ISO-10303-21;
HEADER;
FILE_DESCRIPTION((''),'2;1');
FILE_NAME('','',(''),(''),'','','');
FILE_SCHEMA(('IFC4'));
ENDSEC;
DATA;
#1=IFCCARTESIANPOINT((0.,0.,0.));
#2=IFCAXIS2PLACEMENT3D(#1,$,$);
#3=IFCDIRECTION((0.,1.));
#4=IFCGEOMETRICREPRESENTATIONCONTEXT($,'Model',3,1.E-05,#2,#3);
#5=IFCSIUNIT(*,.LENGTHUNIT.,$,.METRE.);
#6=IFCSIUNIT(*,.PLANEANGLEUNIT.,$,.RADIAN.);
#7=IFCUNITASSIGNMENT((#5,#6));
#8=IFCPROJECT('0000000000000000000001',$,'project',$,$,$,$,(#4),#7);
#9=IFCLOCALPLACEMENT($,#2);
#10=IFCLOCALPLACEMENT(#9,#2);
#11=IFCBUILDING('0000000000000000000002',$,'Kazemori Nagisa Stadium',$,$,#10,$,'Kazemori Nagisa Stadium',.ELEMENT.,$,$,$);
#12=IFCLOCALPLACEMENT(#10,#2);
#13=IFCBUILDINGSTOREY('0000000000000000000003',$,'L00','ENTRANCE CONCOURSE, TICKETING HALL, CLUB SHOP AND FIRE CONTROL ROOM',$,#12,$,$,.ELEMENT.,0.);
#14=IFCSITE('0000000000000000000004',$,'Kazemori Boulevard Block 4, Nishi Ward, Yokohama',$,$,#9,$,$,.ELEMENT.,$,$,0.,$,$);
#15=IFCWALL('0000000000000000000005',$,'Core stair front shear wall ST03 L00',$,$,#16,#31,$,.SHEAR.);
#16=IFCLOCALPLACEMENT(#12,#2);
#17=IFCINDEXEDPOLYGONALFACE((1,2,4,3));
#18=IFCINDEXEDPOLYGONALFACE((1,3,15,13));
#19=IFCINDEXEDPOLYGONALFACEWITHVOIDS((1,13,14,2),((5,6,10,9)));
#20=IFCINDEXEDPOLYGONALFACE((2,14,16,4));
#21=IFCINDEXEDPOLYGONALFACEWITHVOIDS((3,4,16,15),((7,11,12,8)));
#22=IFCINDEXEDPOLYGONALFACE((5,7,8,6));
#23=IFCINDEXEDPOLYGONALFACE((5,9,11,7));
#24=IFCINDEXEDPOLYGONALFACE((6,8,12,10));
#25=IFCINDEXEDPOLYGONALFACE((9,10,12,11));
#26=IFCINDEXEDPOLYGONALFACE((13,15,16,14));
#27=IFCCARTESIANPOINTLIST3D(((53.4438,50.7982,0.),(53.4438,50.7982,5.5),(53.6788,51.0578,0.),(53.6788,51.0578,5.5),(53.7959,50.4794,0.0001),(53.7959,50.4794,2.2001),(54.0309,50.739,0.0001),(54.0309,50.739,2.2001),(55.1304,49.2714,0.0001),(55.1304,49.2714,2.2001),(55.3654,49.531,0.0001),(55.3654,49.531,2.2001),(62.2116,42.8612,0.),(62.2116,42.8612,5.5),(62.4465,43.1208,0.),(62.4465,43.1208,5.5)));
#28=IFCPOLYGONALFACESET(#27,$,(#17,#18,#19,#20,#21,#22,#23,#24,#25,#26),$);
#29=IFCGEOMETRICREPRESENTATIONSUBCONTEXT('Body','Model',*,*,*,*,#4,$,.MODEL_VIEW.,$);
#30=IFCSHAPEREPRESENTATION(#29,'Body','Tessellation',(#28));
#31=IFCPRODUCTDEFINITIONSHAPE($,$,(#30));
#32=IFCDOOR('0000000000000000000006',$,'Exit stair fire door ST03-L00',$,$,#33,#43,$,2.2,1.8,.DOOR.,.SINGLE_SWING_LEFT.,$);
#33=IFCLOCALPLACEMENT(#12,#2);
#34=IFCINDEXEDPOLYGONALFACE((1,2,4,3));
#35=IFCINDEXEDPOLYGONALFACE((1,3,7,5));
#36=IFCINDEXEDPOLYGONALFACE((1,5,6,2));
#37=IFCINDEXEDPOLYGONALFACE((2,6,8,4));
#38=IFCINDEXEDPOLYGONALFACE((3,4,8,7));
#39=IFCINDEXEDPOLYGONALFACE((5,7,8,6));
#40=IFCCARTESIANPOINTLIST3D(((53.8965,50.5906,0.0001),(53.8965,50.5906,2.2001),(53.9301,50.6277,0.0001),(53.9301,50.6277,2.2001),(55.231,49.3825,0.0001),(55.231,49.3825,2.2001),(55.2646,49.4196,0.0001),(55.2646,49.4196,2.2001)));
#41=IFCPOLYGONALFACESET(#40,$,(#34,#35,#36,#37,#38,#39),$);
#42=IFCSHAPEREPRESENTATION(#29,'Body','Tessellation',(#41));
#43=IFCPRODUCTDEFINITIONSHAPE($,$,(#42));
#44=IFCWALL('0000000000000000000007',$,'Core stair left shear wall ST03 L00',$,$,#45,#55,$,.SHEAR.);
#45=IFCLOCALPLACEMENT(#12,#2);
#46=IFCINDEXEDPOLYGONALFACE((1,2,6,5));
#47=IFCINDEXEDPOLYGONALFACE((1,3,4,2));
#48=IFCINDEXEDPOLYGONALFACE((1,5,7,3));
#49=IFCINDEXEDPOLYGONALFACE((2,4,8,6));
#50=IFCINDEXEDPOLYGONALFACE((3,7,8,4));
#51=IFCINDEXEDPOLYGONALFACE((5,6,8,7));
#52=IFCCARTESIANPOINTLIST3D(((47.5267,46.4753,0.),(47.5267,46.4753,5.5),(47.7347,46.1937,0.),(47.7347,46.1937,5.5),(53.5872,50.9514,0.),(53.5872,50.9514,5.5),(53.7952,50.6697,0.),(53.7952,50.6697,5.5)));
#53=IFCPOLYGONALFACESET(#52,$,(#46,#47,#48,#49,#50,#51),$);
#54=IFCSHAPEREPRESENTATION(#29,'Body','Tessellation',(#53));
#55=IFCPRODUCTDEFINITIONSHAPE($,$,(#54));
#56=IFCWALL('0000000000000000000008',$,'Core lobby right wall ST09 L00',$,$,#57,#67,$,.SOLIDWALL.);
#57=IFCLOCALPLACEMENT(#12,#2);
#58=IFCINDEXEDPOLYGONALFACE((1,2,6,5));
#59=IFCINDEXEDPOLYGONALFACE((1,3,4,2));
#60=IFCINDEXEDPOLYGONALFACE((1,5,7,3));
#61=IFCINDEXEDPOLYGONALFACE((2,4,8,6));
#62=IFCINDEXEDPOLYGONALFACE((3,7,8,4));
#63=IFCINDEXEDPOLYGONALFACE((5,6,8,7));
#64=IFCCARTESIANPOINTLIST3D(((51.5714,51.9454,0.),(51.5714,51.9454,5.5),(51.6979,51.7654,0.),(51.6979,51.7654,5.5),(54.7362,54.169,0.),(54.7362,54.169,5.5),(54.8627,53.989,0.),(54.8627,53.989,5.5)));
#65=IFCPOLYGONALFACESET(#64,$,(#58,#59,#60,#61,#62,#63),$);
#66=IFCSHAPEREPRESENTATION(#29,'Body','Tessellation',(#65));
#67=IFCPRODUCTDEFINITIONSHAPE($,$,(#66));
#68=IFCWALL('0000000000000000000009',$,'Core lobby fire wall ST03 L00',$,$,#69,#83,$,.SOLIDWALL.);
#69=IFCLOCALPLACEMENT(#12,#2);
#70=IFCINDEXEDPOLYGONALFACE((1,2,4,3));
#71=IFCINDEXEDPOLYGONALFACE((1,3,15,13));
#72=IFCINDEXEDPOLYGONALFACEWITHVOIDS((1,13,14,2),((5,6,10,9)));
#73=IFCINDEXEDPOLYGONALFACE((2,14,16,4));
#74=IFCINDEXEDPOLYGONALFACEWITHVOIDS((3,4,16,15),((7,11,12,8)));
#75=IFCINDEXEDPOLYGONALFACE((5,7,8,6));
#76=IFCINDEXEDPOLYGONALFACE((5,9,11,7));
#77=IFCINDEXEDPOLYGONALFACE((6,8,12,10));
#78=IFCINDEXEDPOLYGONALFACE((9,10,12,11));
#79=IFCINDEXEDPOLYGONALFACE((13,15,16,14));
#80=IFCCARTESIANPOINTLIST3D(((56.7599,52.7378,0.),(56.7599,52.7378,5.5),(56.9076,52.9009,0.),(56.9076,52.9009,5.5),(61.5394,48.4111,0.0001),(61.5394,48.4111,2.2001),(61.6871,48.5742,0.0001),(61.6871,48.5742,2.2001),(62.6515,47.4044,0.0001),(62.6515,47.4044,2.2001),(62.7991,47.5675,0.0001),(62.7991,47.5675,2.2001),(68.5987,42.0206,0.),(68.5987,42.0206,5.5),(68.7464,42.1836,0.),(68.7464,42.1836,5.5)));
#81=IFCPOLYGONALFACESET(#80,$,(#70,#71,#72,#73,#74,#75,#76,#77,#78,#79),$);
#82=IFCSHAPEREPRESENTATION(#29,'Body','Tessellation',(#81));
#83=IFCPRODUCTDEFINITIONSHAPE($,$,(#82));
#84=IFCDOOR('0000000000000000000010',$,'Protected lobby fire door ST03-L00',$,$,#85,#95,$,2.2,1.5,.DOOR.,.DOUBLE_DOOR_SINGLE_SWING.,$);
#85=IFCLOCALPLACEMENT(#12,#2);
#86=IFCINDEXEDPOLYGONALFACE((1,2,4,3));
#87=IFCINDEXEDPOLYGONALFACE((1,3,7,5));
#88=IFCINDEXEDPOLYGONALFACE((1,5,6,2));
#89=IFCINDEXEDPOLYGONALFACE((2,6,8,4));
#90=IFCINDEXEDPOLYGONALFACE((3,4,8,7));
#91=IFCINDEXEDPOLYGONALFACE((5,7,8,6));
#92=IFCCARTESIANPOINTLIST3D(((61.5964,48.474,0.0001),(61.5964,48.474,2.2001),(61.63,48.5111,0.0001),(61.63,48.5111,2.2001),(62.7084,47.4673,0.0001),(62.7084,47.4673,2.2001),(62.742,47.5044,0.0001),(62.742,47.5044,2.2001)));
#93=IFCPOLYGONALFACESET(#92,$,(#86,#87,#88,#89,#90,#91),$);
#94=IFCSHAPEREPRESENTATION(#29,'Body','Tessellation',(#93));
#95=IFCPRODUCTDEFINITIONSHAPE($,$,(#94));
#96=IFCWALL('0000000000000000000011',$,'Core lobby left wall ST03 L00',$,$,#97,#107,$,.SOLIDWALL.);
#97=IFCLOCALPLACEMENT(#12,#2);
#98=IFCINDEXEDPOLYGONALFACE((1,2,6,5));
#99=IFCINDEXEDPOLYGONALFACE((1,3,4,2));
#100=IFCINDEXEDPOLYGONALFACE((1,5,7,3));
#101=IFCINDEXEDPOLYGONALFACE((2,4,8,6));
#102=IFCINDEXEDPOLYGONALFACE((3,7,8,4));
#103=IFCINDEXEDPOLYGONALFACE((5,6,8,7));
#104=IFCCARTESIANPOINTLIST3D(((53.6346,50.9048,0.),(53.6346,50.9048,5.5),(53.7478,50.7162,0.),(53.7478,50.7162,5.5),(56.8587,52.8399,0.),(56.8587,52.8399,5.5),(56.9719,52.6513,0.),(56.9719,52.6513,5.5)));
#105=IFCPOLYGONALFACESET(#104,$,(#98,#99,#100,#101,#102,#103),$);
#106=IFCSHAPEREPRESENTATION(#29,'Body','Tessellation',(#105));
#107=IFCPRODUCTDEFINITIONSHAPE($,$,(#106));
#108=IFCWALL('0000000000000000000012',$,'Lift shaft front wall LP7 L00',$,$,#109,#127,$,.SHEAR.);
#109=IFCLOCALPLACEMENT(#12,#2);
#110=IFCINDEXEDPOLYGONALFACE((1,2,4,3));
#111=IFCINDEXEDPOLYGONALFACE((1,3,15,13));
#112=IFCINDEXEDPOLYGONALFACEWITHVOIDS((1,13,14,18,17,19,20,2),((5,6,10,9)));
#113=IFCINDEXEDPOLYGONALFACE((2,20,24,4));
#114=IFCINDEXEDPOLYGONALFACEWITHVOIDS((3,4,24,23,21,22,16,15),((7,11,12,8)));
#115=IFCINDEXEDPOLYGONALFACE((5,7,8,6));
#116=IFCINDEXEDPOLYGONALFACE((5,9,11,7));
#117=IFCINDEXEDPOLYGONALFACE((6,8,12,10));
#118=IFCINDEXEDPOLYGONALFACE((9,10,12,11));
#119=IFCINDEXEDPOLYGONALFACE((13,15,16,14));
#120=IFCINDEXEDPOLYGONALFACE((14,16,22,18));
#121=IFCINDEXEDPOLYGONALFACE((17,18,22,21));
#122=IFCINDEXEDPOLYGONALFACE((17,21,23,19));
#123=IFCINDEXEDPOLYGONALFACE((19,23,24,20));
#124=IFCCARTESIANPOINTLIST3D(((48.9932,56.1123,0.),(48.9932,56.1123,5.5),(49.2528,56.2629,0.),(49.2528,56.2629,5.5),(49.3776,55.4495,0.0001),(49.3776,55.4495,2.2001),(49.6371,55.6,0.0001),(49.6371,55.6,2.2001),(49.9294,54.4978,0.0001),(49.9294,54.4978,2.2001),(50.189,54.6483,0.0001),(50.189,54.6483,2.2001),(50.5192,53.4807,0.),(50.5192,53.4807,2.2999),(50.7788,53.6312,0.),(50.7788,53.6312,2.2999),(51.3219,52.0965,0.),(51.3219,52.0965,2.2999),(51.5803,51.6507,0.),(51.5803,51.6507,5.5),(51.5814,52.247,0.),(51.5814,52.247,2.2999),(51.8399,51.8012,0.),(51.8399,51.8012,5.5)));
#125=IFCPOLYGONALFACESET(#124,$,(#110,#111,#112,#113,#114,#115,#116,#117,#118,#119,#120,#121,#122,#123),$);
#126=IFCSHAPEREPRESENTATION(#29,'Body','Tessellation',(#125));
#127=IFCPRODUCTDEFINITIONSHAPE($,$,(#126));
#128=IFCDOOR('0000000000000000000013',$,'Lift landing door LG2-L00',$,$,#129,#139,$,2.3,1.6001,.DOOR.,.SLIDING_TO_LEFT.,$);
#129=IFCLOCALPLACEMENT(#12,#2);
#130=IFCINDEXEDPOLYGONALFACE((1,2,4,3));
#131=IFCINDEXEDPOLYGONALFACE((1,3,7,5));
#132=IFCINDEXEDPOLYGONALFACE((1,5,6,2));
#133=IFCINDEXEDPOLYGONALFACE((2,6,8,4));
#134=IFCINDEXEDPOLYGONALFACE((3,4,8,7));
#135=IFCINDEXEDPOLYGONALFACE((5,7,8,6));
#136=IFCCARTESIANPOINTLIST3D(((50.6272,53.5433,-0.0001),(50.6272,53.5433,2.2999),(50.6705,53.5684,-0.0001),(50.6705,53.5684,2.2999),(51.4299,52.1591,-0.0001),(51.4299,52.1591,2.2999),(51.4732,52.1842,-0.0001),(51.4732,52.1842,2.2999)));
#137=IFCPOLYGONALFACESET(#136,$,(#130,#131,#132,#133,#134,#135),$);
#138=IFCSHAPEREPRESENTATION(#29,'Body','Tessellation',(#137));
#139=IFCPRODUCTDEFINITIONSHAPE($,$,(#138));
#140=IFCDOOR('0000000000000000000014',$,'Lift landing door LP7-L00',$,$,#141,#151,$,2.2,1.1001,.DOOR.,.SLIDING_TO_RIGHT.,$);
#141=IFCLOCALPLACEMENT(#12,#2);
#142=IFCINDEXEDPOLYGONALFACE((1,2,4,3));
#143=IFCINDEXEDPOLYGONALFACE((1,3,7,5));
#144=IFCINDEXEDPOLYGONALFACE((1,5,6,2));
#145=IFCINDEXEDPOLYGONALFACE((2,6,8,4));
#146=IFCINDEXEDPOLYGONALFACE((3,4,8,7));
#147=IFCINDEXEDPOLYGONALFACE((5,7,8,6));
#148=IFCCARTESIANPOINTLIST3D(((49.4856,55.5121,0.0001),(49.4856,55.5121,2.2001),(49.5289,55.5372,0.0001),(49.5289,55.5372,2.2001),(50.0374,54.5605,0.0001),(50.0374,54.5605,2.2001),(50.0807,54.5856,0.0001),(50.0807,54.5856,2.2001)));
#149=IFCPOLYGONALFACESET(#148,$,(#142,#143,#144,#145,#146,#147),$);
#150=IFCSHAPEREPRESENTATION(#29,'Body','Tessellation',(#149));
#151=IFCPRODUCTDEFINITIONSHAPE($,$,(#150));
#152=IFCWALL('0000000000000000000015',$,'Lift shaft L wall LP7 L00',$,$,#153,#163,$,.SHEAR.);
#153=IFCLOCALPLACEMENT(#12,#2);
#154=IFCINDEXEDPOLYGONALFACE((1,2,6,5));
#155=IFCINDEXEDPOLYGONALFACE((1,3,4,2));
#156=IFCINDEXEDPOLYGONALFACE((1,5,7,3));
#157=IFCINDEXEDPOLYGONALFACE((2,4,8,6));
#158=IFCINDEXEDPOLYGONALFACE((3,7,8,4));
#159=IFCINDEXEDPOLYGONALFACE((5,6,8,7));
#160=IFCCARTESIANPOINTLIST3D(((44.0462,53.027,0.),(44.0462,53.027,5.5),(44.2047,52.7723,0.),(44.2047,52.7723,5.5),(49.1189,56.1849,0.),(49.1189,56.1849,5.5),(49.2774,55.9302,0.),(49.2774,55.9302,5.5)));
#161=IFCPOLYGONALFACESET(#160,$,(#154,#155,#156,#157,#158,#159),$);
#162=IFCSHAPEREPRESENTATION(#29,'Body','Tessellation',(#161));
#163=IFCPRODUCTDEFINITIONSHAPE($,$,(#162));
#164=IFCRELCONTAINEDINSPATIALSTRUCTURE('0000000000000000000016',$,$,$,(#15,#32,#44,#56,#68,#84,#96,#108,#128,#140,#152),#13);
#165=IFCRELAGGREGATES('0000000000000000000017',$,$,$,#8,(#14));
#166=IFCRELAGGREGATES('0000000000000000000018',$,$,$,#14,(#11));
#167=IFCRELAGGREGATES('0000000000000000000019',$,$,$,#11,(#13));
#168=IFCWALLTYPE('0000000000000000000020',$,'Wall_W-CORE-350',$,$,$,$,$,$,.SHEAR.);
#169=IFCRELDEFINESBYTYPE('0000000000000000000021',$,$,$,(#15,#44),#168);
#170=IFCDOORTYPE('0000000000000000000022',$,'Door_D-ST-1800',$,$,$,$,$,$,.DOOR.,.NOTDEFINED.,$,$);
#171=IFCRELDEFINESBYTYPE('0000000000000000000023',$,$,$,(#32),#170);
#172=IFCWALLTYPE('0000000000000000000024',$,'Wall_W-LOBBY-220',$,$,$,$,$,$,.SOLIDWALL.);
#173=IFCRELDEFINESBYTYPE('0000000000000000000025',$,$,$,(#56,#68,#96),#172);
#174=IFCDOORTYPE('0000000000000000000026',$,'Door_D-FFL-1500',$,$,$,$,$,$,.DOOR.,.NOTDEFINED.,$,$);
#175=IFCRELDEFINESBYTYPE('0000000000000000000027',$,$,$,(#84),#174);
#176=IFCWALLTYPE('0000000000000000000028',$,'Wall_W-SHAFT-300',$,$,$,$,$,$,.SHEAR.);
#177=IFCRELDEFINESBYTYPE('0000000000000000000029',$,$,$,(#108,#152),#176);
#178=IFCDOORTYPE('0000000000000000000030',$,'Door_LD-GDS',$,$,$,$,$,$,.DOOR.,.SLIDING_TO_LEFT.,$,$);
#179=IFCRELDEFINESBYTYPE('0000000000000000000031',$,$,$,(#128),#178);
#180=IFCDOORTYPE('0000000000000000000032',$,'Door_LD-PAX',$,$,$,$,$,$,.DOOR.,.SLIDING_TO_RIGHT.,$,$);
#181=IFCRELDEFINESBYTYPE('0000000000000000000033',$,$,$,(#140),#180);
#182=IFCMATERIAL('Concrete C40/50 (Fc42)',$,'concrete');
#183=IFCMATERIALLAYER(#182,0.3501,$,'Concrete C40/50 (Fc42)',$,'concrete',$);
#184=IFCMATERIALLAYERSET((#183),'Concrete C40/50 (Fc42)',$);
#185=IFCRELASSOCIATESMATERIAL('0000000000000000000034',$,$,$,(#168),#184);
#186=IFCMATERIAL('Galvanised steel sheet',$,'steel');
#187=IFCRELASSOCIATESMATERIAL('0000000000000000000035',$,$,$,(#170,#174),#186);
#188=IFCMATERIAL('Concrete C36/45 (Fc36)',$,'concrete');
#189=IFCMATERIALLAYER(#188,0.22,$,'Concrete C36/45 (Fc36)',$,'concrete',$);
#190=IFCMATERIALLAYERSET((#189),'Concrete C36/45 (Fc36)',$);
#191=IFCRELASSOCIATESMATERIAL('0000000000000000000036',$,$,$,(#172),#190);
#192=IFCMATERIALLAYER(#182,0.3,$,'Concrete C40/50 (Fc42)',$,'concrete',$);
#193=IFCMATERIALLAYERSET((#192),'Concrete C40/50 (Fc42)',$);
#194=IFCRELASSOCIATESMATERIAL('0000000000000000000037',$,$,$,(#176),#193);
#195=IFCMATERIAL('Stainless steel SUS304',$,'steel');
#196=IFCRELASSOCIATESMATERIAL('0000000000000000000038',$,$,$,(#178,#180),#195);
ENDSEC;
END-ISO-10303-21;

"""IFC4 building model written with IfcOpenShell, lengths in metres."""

from ifc_helpers import new_model, si_unit, direction, frame, frame_2d, origin, place, context, subcontext, project, spatial, rectangle, extrude, material, layer, layer_set, type_object, element, fill, save


model = new_model("IFC4")

# Units and contexts
model_context = context("Model", 3, precision=1e-05, world=origin(), true_north=direction((0.0, 1.0)))
body_context = subcontext(model_context, "Body", "Model", "MODEL_VIEW")
ifc_project = project(units=[si_unit("LENGTHUNIT", "METRE"), si_unit("PLANEANGLEUNIT", "RADIAN")], contexts=[model_context])

# Site, building, storey
site_placement = place(None, origin())
site = spatial("IfcSite", under=ifc_project, at=site_placement, Name="Kazemori Boulevard Block 4, Nishi Ward, Yokohama", CompositionType="ELEMENT", RefElevation=0.0)
building_placement = place(site_placement, origin())
building = spatial("IfcBuilding", under=site, at=building_placement, Name="Kazemori Nagisa Stadium", LongName="Kazemori Nagisa Stadium", CompositionType="ELEMENT")
storey_placement = place(building_placement, origin())
storey = spatial("IfcBuildingStorey", under=building, at=storey_placement, Name="L00", Description="ENTRANCE CONCOURSE, TICKETING HALL, CLUB SHOP AND FIRE CONTROL ROOM", CompositionType="ELEMENT", Elevation=0.0)

# Shared definitions
ifc_material_1 = material(Name="Concrete C40/50 (Fc42)", Category="concrete")

# Shared definitions
ifc_layer_1 = layer(ifc_material_1, 0.3501, Name="Concrete C40/50 (Fc42)", Category="concrete")
ifc_layer_set_1 = layer_set([ifc_layer_1], Name="Concrete C40/50 (Fc42)")
wall_type_1 = type_object("IfcWallType", Name="Wall_W-CORE-350", PredefinedType="SHEAR", material=ifc_layer_set_1)

# Wall, opening, door
wall_1_placement = place(storey_placement, frame((53.5613, 50.928, 0.0), z_axis=(0.0, 0.0, 1.0), x_axis=(0.741358, -0.67111, 0.0)))
wall_1 = element("IfcWall", 1, at=wall_1_placement, inside=storey, type_object=wall_type_1, Name="Core stair front shear wall ST03 L00", PredefinedType="SHEAR", context=body_context, shape_type="SweptSolid", body=[
    extrude(rectangle(XDim=11.8267, YDim=0.3501, at=frame_2d((5.9133, 0.0))), origin(), (0.0, 0.0, 1.0), 5.5),
])
opening_1_placement = place(wall_1_placement, frame((0.4751, 0.0, 0.0)))
opening_1 = element("IfcOpeningElement", 2, at=opening_1_placement, cuts=wall_1, PredefinedType="OPENING", context=body_context, shape_type="SweptSolid", body=[
    extrude(rectangle(XDim=1.8, YDim=2.2, at=frame_2d((0.8999, 1.1001))), frame((0.0, 0.1851, 0.0), z_axis=(0.0, -1.0, 0.0), x_axis=(1.0, 0.0, 0.0)), (0.0, 0.0, 1.0), 0.3701),
])
ifc_material_2 = material(Name="Galvanised steel sheet", Category="steel")
door_type_1 = type_object("IfcDoorType", Name="Door_D-ST-1800", OperationType="NOTDEFINED", PredefinedType="DOOR", material=ifc_material_2)
door_1_placement = place(opening_1_placement, origin())
door_1 = element("IfcDoor", 3, at=door_1_placement, inside=storey, type_object=door_type_1, Name="Exit stair fire door ST03-L00", OperationType="SINGLE_SWING_LEFT", OverallHeight=2.2, OverallWidth=1.8, PredefinedType="DOOR", context=body_context, shape_type="SweptSolid", body=[
    extrude(rectangle(XDim=1.8, YDim=2.2, at=frame_2d((0.8999, 1.1001))), frame((0.0, 0.0249, 0.0), z_axis=(0.0, -1.0, 0.0), x_axis=(1.0, 0.0, 0.0)), (0.0, 0.0, 1.0), 0.05),
])
fill(opening_1, door_1)

# Walls
wall_2_placement = place(storey_placement, frame((53.6912, 50.8105, 0.0), z_axis=(0.0, 0.0, 1.0), x_axis=(-0.804396, -0.594094, 0.0)))
element("IfcWall", 4, at=wall_2_placement, inside=storey, type_object=wall_type_1, Name="Core stair left shear wall ST03 L00", PredefinedType="SHEAR", context=body_context, shape_type="SweptSolid", body=[
    extrude(rectangle(XDim=7.5342, YDim=0.3501, at=frame_2d((3.7671, 0.0))), origin(), (0.0, 0.0, 1.0), 5.5),
])
ifc_material_3 = material(Name="Concrete C36/45 (Fc36)", Category="concrete")
ifc_layer_2 = layer(ifc_material_3, 0.22, Name="Concrete C36/45 (Fc36)", Category="concrete")
ifc_layer_set_2 = layer_set([ifc_layer_2], Name="Concrete C36/45 (Fc36)")
wall_type_2 = type_object("IfcWallType", Name="Wall_W-LOBBY-220", PredefinedType="SOLIDWALL", material=ifc_layer_set_2)
wall_3_placement = place(storey_placement, frame((54.7996, 54.0791, 0.0), z_axis=(0.0, 0.0, 1.0), x_axis=(-0.818225, -0.574898, 0.0)))
element("IfcWall", 5, at=wall_3_placement, inside=storey, type_object=wall_type_2, Name="Core lobby right wall ST09 L00", PredefinedType="SOLIDWALL", context=body_context, shape_type="SweptSolid", body=[
    extrude(rectangle(XDim=3.8679, YDim=0.22, at=frame_2d((1.9341, 0.0))), origin(), (0.0, 0.0, 1.0), 5.5),
])

# Wall, opening, door
wall_4_placement = place(storey_placement, frame((56.8337, 52.8193, 0.0), z_axis=(0.0, 0.0, 1.0), x_axis=(0.741351, -0.671117, 0.0)))
wall_4 = element("IfcWall", 6, at=wall_4_placement, inside=storey, type_object=wall_type_2, Name="Core lobby fire wall ST03 L00", PredefinedType="SOLIDWALL", context=body_context, shape_type="SweptSolid", body=[
    extrude(rectangle(XDim=15.9692, YDim=0.22, at=frame_2d((7.9846, 0.0))), origin(), (0.0, 0.0, 1.0), 5.5),
])
opening_2_placement = place(wall_4_placement, frame((6.447, 0.0, 0.0)))
opening_2 = element("IfcOpeningElement", 7, at=opening_2_placement, cuts=wall_4, PredefinedType="OPENING", context=body_context, shape_type="SweptSolid", body=[
    extrude(rectangle(XDim=1.5, YDim=2.2, at=frame_2d((0.75, 1.1001))), frame((0.0, 0.1199, 0.0), z_axis=(0.0, -1.0, 0.0), x_axis=(1.0, 0.0, 0.0)), (0.0, 0.0, 1.0), 0.24),
])
door_type_2 = type_object("IfcDoorType", Name="Door_D-FFL-1500", OperationType="NOTDEFINED", PredefinedType="DOOR", material=ifc_material_2)
door_2_placement = place(opening_2_placement, origin())
door_2 = element("IfcDoor", 8, at=door_2_placement, inside=storey, type_object=door_type_2, Name="Protected lobby fire door ST03-L00", OperationType="DOUBLE_DOOR_SINGLE_SWING", OverallHeight=2.2, OverallWidth=1.5, PredefinedType="DOOR", context=body_context, shape_type="SweptSolid", body=[
    extrude(rectangle(XDim=1.5, YDim=2.2, at=frame_2d((0.75, 1.1001))), frame((0.0, 0.0249, 0.0), z_axis=(0.0, -1.0, 0.0), x_axis=(1.0, 0.0, 0.0)), (0.0, 0.0, 1.0), 0.05),
])
fill(opening_2, door_2)

# Wall
wall_5_placement = place(storey_placement, frame((56.9153, 52.7456, 0.0), z_axis=(0.0, 0.0, 1.0), x_axis=(-0.857424, -0.51461, 0.0)))
element("IfcWall", 9, at=wall_5_placement, inside=storey, type_object=wall_type_2, Name="Core lobby left wall ST03 L00", PredefinedType="SOLIDWALL", context=body_context, shape_type="SweptSolid", body=[
    extrude(rectangle(XDim=3.7603, YDim=0.22, at=frame_2d((1.8801, 0.0))), origin(), (0.0, 0.0, 1.0), 5.5),
])

# Wall, openings, doors
ifc_layer_3 = layer(ifc_material_1, 0.3, Name="Concrete C40/50 (Fc42)", Category="concrete")
ifc_layer_set_3 = layer_set([ifc_layer_3], Name="Concrete C40/50 (Fc42)")
wall_type_3 = type_object("IfcWallType", Name="Wall_W-SHAFT-300", PredefinedType="SHEAR", material=ifc_layer_set_3)
wall_6_placement = place(storey_placement, frame((49.123, 56.1875, 0.0), z_axis=(0.0, 0.0, 1.0), x_axis=(0.50163, -0.865083, 0.0)))
wall_6 = element("IfcWall", 10, at=wall_6_placement, inside=storey, type_object=wall_type_3, Name="Lift shaft front wall LP7 L00", PredefinedType="SHEAR", context=body_context, shape_type="SweptSolid", body=[
    extrude(rectangle(XDim=5.1575, YDim=0.3, at=frame_2d((2.5786, 0.0))), origin(), (0.0, 0.0, 1.0), 5.5),
])
opening_3_placement = place(wall_6_placement, frame((0.7661, 0.0, 0.0)))
opening_3 = element("IfcOpeningElement", 11, at=opening_3_placement, cuts=wall_6, PredefinedType="OPENING", context=body_context, shape_type="SweptSolid", body=[
    extrude(rectangle(XDim=1.1001, YDim=2.2, at=frame_2d((0.55, 1.1001))), frame((0.0, 0.1599, 0.0), z_axis=(0.0, -1.0, 0.0), x_axis=(1.0, 0.0, 0.0)), (0.0, 0.0, 1.0), 0.3201),
])
opening_4_placement = place(wall_6_placement, frame((3.042, 0.0, 0.0)))
opening_4 = element("IfcOpeningElement", 12, at=opening_4_placement, cuts=wall_6, PredefinedType="OPENING", context=body_context, shape_type="SweptSolid", body=[
    extrude(rectangle(XDim=1.6001, YDim=2.3, at=frame_2d((0.8, 1.1499))), frame((0.0, 0.1599, 0.0), z_axis=(0.0, -1.0, 0.0), x_axis=(1.0, 0.0, 0.0)), (0.0, 0.0, 1.0), 0.3201),
])
ifc_material_4 = material(Name="Stainless steel SUS304", Category="steel")
door_type_3 = type_object("IfcDoorType", Name="Door_LD-GDS", OperationType="SLIDING_TO_LEFT", PredefinedType="DOOR", material=ifc_material_4)
door_3_placement = place(opening_4_placement, origin())
door_3 = element("IfcDoor", 13, at=door_3_placement, inside=storey, type_object=door_type_3, Name="Lift landing door LG2-L00", OperationType="SLIDING_TO_LEFT", OverallHeight=2.3, OverallWidth=1.6001, PredefinedType="DOOR", context=body_context, shape_type="SweptSolid", body=[
    extrude(rectangle(XDim=1.6001, YDim=2.3, at=frame_2d((0.8, 1.1499))), frame((0.0, 0.0249, 0.0), z_axis=(0.0, -1.0, 0.0), x_axis=(1.0, 0.0, 0.0)), (0.0, 0.0, 1.0), 0.05),
])
fill(opening_4, door_3)
door_type_4 = type_object("IfcDoorType", Name="Door_LD-PAX", OperationType="SLIDING_TO_RIGHT", PredefinedType="DOOR", material=ifc_material_4)
door_4_placement = place(opening_3_placement, origin())
door_4 = element("IfcDoor", 14, at=door_4_placement, inside=storey, type_object=door_type_4, Name="Lift landing door LP7-L00", OperationType="SLIDING_TO_RIGHT", OverallHeight=2.2, OverallWidth=1.1001, PredefinedType="DOOR", context=body_context, shape_type="SweptSolid", body=[
    extrude(rectangle(XDim=1.1001, YDim=2.2, at=frame_2d((0.55, 1.1001))), frame((0.0, 0.0249, 0.0), z_axis=(0.0, -1.0, 0.0), x_axis=(1.0, 0.0, 0.0)), (0.0, 0.0, 1.0), 0.05),
])
fill(opening_3, door_4)

# Wall
wall_7_placement = place(storey_placement, frame((49.1982, 56.0576, 0.0), z_axis=(0.0, 0.0, 1.0), x_axis=(-0.848938, -0.528492, 0.0)))
element("IfcWall", 15, at=wall_7_placement, inside=storey, type_object=wall_type_3, Name="Lift shaft L wall LP7 L00", PredefinedType="SHEAR", context=body_context, shape_type="SweptSolid", body=[
    extrude(rectangle(XDim=5.9753, YDim=0.3, at=frame_2d((2.9878, 0.0))), origin(), (0.0, 0.0, 1.0), 5.5),
])

save(model, "model.ifc")
